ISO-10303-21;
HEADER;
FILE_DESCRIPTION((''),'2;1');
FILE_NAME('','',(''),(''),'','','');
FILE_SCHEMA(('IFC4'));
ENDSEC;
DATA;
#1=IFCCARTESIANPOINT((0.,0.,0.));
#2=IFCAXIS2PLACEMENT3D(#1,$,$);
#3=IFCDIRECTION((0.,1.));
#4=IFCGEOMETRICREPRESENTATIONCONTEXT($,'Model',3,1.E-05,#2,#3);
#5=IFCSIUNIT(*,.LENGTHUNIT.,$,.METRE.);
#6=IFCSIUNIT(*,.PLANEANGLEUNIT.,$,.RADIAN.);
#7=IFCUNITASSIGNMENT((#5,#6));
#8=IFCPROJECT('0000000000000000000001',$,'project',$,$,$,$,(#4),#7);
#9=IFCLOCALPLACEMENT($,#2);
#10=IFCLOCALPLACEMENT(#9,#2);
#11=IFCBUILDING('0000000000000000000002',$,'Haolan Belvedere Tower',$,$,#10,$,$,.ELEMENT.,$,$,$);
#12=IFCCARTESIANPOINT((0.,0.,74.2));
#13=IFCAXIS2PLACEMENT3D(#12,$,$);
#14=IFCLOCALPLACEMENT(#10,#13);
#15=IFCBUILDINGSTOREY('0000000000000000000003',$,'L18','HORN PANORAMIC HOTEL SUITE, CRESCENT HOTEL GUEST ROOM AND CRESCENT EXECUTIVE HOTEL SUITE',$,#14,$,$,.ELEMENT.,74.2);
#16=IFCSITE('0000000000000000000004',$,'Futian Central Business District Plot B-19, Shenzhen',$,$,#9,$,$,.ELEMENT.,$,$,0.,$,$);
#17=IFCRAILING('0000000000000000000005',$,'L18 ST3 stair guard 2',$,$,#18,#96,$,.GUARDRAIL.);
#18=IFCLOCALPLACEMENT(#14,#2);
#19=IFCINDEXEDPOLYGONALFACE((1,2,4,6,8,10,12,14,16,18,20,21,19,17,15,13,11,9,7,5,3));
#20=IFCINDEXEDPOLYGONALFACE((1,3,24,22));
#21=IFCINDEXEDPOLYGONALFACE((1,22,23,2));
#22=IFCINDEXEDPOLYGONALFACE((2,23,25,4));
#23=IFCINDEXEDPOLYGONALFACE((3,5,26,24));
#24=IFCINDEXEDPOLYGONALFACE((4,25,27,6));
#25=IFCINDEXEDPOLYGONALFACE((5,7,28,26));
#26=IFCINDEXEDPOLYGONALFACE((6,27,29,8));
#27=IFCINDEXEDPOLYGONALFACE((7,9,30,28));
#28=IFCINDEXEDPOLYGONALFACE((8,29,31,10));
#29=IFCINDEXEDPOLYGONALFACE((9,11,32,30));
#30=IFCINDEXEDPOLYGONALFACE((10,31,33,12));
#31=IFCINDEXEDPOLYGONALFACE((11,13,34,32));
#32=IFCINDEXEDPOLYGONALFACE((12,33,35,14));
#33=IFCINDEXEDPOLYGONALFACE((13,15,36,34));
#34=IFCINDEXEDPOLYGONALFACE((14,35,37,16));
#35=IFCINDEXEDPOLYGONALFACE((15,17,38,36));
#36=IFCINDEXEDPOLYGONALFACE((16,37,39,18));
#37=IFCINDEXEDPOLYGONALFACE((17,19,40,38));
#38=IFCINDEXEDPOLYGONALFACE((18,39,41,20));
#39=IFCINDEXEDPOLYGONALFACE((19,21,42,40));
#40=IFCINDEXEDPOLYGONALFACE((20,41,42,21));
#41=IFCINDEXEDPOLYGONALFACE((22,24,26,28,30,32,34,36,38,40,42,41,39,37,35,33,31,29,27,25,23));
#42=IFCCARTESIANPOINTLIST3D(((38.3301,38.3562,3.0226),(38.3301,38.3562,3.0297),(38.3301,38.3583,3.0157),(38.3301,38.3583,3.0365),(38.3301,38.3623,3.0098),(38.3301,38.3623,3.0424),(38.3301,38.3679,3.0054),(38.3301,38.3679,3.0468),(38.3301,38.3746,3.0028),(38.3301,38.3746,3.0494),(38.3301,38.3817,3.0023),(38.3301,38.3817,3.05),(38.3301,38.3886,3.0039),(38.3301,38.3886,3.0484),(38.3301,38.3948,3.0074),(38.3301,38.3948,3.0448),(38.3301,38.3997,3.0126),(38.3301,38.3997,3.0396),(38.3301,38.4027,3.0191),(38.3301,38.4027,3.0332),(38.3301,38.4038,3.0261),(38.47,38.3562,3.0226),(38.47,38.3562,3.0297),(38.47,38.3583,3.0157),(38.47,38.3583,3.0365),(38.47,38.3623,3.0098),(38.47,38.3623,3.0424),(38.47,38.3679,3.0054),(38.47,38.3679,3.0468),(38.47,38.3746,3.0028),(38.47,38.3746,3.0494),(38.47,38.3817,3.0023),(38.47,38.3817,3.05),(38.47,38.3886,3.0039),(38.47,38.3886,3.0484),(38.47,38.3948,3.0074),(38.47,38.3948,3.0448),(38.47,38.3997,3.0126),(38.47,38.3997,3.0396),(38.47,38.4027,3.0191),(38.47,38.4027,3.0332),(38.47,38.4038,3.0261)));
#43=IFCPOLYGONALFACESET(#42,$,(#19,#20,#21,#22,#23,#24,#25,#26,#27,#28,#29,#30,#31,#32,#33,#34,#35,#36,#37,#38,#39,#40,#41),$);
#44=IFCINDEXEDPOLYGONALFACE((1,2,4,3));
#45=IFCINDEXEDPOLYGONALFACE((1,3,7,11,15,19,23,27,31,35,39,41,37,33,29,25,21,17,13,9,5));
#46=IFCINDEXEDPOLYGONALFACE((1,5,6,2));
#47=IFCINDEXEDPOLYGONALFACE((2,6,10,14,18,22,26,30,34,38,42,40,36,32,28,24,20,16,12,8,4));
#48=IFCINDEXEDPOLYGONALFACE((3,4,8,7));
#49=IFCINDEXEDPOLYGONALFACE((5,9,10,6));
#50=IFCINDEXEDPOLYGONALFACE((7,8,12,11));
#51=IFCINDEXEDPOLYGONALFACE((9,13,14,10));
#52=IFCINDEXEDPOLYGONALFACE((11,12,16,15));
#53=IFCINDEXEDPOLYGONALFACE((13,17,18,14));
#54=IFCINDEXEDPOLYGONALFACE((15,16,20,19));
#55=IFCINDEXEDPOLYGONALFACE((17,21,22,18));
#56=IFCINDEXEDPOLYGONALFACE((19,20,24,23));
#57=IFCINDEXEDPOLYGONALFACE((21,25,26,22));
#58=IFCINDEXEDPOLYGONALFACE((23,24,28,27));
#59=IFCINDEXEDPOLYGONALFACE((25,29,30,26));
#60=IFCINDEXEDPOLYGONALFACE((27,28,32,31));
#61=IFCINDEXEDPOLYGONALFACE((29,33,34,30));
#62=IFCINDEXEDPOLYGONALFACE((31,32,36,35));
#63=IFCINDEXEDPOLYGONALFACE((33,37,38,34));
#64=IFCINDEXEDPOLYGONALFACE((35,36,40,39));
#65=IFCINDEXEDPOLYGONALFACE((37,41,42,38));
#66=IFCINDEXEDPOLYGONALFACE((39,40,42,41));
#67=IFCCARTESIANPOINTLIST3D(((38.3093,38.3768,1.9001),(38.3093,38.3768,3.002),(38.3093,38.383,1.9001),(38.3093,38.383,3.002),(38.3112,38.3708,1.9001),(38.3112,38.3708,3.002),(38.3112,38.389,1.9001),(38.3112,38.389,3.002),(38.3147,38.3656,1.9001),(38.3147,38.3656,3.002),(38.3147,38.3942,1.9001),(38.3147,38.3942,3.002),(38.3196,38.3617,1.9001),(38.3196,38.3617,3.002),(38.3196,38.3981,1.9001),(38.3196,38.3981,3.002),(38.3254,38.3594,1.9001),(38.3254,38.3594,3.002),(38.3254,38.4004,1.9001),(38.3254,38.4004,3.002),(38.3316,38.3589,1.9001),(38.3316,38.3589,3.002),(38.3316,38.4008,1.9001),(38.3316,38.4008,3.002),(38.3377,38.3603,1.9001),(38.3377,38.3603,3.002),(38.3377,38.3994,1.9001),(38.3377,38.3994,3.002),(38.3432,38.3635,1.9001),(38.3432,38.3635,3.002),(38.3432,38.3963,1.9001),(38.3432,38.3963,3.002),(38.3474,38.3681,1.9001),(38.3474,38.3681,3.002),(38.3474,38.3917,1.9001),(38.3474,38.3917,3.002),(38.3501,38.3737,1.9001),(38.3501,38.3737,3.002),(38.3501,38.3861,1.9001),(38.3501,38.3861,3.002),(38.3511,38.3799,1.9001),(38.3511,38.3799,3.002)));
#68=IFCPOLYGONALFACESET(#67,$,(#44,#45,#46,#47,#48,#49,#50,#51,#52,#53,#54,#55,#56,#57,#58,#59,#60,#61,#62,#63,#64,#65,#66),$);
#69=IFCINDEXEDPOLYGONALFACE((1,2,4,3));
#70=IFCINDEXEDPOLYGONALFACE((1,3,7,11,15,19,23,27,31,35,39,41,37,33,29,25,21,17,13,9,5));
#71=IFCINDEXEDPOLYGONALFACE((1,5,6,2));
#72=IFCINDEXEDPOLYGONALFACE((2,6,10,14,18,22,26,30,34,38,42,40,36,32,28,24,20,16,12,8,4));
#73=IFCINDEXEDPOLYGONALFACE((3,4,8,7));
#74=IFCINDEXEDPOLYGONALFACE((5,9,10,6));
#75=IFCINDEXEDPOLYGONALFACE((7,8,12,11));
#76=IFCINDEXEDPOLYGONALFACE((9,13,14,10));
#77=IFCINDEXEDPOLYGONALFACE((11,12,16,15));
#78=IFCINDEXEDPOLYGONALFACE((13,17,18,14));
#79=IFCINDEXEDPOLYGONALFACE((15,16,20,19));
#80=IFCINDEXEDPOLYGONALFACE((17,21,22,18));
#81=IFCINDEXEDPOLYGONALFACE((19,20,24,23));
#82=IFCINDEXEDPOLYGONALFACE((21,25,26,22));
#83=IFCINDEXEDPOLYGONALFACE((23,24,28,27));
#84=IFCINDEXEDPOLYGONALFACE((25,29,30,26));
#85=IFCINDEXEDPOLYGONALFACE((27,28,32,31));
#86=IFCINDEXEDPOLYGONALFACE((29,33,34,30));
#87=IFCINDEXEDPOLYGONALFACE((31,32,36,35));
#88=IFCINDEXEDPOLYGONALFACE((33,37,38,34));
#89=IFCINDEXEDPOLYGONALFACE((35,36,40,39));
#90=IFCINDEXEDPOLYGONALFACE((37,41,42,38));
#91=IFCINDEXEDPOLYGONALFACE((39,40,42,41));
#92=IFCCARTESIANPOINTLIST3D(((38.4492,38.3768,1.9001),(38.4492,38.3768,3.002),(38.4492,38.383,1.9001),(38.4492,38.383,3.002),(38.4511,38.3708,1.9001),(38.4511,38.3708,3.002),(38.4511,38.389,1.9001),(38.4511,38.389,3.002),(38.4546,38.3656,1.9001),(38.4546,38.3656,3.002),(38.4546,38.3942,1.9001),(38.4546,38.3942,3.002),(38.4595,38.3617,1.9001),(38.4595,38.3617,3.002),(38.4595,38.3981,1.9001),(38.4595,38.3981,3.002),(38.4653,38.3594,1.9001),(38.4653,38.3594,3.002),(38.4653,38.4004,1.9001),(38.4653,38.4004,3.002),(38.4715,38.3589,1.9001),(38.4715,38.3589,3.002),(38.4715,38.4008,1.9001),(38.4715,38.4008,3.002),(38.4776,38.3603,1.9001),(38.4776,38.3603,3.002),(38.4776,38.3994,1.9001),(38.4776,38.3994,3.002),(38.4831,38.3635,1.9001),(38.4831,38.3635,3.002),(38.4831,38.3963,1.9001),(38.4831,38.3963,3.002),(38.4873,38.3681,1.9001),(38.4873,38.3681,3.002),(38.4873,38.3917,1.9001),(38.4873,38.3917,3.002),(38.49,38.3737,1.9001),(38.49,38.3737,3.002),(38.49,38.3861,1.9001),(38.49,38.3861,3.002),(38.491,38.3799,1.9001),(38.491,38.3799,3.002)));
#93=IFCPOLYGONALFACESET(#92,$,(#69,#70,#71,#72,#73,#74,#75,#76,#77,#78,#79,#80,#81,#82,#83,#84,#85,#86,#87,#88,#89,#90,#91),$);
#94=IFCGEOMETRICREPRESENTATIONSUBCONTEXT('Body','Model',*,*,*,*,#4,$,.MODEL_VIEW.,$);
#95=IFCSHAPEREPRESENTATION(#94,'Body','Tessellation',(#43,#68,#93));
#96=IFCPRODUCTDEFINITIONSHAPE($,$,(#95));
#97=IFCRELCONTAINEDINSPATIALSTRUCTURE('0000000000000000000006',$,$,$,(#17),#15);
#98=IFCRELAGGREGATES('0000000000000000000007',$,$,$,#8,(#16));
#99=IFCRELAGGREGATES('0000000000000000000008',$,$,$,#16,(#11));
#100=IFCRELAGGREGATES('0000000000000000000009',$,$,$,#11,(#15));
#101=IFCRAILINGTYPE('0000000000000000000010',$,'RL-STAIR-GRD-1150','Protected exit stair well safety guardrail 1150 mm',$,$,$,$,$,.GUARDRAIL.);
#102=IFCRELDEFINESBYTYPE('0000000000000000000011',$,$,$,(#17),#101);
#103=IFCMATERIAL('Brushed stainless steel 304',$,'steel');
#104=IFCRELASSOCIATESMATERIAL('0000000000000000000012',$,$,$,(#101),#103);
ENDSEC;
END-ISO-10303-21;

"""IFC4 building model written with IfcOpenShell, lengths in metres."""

from ifc_helpers import new_model, si_unit, direction, frame, origin, origin_2d, place, context, subcontext, project, spatial, circle, extrude, material, type_object, element, save


model = new_model("IFC4")

# Units and contexts
model_context = context("Model", 3, precision=1e-05, world=origin(), true_north=direction((0.0, 1.0)))
body_context = subcontext(model_context, "Body", "Model", "MODEL_VIEW")
ifc_project = project(units=[si_unit("LENGTHUNIT", "METRE"), si_unit("PLANEANGLEUNIT", "RADIAN")], contexts=[model_context])

# Site, building, storey
site_placement = place(None, origin())
site = spatial("IfcSite", under=ifc_project, at=site_placement, Name="Futian Central Business District Plot B-19, Shenzhen", CompositionType="ELEMENT", RefElevation=0.0)
building_placement = place(site_placement, origin())
building = spatial("IfcBuilding", under=site, at=building_placement, Name="Haolan Belvedere Tower", CompositionType="ELEMENT")
storey_placement = place(building_placement, frame((0.0, 0.0, 74.2)))
storey = spatial("IfcBuildingStorey", under=building, at=storey_placement, Name="L18", Description="HORN PANORAMIC HOTEL SUITE, CRESCENT HOTEL GUEST ROOM AND CRESCENT EXECUTIVE HOTEL SUITE", CompositionType="ELEMENT", Elevation=74.2)

# Railing
ifc_material_1 = material(Name="Brushed stainless steel 304", Category="steel")
railing_type = type_object("IfcRailingType", Name="RL-STAIR-GRD-1150", Description="Protected exit stair well safety guardrail 1150 mm", PredefinedType="GUARDRAIL", material=ifc_material_1)
railing_1_placement = place(storey_placement, frame((38.3301, 38.3799, 1.9001)))
element("IfcRailing", 1, at=railing_1_placement, inside=storey, type_object=railing_type, Name="L18 ST3 stair guard 2", PredefinedType="GUARDRAIL", context=body_context, shape_type="SweptSolid", body=[
    extrude(circle(Radius=0.0239, at=origin_2d()), frame((0.0, 0.0, 1.126), z_axis=(1.0, 0.0, 0.0), x_axis=(0.0, 1.0, 0.0)), (0.0, 0.0, 1.0), 0.1399),
    extrude(circle(Radius=0.021, at=origin_2d()), origin(), (0.0, 0.0, 1.0), 1.1018),
    extrude(circle(Radius=0.021, at=origin_2d()), frame((0.1399, 0.0, 0.0)), (0.0, 0.0, 1.0), 1.1018),
])

save(model, "model.ifc")
